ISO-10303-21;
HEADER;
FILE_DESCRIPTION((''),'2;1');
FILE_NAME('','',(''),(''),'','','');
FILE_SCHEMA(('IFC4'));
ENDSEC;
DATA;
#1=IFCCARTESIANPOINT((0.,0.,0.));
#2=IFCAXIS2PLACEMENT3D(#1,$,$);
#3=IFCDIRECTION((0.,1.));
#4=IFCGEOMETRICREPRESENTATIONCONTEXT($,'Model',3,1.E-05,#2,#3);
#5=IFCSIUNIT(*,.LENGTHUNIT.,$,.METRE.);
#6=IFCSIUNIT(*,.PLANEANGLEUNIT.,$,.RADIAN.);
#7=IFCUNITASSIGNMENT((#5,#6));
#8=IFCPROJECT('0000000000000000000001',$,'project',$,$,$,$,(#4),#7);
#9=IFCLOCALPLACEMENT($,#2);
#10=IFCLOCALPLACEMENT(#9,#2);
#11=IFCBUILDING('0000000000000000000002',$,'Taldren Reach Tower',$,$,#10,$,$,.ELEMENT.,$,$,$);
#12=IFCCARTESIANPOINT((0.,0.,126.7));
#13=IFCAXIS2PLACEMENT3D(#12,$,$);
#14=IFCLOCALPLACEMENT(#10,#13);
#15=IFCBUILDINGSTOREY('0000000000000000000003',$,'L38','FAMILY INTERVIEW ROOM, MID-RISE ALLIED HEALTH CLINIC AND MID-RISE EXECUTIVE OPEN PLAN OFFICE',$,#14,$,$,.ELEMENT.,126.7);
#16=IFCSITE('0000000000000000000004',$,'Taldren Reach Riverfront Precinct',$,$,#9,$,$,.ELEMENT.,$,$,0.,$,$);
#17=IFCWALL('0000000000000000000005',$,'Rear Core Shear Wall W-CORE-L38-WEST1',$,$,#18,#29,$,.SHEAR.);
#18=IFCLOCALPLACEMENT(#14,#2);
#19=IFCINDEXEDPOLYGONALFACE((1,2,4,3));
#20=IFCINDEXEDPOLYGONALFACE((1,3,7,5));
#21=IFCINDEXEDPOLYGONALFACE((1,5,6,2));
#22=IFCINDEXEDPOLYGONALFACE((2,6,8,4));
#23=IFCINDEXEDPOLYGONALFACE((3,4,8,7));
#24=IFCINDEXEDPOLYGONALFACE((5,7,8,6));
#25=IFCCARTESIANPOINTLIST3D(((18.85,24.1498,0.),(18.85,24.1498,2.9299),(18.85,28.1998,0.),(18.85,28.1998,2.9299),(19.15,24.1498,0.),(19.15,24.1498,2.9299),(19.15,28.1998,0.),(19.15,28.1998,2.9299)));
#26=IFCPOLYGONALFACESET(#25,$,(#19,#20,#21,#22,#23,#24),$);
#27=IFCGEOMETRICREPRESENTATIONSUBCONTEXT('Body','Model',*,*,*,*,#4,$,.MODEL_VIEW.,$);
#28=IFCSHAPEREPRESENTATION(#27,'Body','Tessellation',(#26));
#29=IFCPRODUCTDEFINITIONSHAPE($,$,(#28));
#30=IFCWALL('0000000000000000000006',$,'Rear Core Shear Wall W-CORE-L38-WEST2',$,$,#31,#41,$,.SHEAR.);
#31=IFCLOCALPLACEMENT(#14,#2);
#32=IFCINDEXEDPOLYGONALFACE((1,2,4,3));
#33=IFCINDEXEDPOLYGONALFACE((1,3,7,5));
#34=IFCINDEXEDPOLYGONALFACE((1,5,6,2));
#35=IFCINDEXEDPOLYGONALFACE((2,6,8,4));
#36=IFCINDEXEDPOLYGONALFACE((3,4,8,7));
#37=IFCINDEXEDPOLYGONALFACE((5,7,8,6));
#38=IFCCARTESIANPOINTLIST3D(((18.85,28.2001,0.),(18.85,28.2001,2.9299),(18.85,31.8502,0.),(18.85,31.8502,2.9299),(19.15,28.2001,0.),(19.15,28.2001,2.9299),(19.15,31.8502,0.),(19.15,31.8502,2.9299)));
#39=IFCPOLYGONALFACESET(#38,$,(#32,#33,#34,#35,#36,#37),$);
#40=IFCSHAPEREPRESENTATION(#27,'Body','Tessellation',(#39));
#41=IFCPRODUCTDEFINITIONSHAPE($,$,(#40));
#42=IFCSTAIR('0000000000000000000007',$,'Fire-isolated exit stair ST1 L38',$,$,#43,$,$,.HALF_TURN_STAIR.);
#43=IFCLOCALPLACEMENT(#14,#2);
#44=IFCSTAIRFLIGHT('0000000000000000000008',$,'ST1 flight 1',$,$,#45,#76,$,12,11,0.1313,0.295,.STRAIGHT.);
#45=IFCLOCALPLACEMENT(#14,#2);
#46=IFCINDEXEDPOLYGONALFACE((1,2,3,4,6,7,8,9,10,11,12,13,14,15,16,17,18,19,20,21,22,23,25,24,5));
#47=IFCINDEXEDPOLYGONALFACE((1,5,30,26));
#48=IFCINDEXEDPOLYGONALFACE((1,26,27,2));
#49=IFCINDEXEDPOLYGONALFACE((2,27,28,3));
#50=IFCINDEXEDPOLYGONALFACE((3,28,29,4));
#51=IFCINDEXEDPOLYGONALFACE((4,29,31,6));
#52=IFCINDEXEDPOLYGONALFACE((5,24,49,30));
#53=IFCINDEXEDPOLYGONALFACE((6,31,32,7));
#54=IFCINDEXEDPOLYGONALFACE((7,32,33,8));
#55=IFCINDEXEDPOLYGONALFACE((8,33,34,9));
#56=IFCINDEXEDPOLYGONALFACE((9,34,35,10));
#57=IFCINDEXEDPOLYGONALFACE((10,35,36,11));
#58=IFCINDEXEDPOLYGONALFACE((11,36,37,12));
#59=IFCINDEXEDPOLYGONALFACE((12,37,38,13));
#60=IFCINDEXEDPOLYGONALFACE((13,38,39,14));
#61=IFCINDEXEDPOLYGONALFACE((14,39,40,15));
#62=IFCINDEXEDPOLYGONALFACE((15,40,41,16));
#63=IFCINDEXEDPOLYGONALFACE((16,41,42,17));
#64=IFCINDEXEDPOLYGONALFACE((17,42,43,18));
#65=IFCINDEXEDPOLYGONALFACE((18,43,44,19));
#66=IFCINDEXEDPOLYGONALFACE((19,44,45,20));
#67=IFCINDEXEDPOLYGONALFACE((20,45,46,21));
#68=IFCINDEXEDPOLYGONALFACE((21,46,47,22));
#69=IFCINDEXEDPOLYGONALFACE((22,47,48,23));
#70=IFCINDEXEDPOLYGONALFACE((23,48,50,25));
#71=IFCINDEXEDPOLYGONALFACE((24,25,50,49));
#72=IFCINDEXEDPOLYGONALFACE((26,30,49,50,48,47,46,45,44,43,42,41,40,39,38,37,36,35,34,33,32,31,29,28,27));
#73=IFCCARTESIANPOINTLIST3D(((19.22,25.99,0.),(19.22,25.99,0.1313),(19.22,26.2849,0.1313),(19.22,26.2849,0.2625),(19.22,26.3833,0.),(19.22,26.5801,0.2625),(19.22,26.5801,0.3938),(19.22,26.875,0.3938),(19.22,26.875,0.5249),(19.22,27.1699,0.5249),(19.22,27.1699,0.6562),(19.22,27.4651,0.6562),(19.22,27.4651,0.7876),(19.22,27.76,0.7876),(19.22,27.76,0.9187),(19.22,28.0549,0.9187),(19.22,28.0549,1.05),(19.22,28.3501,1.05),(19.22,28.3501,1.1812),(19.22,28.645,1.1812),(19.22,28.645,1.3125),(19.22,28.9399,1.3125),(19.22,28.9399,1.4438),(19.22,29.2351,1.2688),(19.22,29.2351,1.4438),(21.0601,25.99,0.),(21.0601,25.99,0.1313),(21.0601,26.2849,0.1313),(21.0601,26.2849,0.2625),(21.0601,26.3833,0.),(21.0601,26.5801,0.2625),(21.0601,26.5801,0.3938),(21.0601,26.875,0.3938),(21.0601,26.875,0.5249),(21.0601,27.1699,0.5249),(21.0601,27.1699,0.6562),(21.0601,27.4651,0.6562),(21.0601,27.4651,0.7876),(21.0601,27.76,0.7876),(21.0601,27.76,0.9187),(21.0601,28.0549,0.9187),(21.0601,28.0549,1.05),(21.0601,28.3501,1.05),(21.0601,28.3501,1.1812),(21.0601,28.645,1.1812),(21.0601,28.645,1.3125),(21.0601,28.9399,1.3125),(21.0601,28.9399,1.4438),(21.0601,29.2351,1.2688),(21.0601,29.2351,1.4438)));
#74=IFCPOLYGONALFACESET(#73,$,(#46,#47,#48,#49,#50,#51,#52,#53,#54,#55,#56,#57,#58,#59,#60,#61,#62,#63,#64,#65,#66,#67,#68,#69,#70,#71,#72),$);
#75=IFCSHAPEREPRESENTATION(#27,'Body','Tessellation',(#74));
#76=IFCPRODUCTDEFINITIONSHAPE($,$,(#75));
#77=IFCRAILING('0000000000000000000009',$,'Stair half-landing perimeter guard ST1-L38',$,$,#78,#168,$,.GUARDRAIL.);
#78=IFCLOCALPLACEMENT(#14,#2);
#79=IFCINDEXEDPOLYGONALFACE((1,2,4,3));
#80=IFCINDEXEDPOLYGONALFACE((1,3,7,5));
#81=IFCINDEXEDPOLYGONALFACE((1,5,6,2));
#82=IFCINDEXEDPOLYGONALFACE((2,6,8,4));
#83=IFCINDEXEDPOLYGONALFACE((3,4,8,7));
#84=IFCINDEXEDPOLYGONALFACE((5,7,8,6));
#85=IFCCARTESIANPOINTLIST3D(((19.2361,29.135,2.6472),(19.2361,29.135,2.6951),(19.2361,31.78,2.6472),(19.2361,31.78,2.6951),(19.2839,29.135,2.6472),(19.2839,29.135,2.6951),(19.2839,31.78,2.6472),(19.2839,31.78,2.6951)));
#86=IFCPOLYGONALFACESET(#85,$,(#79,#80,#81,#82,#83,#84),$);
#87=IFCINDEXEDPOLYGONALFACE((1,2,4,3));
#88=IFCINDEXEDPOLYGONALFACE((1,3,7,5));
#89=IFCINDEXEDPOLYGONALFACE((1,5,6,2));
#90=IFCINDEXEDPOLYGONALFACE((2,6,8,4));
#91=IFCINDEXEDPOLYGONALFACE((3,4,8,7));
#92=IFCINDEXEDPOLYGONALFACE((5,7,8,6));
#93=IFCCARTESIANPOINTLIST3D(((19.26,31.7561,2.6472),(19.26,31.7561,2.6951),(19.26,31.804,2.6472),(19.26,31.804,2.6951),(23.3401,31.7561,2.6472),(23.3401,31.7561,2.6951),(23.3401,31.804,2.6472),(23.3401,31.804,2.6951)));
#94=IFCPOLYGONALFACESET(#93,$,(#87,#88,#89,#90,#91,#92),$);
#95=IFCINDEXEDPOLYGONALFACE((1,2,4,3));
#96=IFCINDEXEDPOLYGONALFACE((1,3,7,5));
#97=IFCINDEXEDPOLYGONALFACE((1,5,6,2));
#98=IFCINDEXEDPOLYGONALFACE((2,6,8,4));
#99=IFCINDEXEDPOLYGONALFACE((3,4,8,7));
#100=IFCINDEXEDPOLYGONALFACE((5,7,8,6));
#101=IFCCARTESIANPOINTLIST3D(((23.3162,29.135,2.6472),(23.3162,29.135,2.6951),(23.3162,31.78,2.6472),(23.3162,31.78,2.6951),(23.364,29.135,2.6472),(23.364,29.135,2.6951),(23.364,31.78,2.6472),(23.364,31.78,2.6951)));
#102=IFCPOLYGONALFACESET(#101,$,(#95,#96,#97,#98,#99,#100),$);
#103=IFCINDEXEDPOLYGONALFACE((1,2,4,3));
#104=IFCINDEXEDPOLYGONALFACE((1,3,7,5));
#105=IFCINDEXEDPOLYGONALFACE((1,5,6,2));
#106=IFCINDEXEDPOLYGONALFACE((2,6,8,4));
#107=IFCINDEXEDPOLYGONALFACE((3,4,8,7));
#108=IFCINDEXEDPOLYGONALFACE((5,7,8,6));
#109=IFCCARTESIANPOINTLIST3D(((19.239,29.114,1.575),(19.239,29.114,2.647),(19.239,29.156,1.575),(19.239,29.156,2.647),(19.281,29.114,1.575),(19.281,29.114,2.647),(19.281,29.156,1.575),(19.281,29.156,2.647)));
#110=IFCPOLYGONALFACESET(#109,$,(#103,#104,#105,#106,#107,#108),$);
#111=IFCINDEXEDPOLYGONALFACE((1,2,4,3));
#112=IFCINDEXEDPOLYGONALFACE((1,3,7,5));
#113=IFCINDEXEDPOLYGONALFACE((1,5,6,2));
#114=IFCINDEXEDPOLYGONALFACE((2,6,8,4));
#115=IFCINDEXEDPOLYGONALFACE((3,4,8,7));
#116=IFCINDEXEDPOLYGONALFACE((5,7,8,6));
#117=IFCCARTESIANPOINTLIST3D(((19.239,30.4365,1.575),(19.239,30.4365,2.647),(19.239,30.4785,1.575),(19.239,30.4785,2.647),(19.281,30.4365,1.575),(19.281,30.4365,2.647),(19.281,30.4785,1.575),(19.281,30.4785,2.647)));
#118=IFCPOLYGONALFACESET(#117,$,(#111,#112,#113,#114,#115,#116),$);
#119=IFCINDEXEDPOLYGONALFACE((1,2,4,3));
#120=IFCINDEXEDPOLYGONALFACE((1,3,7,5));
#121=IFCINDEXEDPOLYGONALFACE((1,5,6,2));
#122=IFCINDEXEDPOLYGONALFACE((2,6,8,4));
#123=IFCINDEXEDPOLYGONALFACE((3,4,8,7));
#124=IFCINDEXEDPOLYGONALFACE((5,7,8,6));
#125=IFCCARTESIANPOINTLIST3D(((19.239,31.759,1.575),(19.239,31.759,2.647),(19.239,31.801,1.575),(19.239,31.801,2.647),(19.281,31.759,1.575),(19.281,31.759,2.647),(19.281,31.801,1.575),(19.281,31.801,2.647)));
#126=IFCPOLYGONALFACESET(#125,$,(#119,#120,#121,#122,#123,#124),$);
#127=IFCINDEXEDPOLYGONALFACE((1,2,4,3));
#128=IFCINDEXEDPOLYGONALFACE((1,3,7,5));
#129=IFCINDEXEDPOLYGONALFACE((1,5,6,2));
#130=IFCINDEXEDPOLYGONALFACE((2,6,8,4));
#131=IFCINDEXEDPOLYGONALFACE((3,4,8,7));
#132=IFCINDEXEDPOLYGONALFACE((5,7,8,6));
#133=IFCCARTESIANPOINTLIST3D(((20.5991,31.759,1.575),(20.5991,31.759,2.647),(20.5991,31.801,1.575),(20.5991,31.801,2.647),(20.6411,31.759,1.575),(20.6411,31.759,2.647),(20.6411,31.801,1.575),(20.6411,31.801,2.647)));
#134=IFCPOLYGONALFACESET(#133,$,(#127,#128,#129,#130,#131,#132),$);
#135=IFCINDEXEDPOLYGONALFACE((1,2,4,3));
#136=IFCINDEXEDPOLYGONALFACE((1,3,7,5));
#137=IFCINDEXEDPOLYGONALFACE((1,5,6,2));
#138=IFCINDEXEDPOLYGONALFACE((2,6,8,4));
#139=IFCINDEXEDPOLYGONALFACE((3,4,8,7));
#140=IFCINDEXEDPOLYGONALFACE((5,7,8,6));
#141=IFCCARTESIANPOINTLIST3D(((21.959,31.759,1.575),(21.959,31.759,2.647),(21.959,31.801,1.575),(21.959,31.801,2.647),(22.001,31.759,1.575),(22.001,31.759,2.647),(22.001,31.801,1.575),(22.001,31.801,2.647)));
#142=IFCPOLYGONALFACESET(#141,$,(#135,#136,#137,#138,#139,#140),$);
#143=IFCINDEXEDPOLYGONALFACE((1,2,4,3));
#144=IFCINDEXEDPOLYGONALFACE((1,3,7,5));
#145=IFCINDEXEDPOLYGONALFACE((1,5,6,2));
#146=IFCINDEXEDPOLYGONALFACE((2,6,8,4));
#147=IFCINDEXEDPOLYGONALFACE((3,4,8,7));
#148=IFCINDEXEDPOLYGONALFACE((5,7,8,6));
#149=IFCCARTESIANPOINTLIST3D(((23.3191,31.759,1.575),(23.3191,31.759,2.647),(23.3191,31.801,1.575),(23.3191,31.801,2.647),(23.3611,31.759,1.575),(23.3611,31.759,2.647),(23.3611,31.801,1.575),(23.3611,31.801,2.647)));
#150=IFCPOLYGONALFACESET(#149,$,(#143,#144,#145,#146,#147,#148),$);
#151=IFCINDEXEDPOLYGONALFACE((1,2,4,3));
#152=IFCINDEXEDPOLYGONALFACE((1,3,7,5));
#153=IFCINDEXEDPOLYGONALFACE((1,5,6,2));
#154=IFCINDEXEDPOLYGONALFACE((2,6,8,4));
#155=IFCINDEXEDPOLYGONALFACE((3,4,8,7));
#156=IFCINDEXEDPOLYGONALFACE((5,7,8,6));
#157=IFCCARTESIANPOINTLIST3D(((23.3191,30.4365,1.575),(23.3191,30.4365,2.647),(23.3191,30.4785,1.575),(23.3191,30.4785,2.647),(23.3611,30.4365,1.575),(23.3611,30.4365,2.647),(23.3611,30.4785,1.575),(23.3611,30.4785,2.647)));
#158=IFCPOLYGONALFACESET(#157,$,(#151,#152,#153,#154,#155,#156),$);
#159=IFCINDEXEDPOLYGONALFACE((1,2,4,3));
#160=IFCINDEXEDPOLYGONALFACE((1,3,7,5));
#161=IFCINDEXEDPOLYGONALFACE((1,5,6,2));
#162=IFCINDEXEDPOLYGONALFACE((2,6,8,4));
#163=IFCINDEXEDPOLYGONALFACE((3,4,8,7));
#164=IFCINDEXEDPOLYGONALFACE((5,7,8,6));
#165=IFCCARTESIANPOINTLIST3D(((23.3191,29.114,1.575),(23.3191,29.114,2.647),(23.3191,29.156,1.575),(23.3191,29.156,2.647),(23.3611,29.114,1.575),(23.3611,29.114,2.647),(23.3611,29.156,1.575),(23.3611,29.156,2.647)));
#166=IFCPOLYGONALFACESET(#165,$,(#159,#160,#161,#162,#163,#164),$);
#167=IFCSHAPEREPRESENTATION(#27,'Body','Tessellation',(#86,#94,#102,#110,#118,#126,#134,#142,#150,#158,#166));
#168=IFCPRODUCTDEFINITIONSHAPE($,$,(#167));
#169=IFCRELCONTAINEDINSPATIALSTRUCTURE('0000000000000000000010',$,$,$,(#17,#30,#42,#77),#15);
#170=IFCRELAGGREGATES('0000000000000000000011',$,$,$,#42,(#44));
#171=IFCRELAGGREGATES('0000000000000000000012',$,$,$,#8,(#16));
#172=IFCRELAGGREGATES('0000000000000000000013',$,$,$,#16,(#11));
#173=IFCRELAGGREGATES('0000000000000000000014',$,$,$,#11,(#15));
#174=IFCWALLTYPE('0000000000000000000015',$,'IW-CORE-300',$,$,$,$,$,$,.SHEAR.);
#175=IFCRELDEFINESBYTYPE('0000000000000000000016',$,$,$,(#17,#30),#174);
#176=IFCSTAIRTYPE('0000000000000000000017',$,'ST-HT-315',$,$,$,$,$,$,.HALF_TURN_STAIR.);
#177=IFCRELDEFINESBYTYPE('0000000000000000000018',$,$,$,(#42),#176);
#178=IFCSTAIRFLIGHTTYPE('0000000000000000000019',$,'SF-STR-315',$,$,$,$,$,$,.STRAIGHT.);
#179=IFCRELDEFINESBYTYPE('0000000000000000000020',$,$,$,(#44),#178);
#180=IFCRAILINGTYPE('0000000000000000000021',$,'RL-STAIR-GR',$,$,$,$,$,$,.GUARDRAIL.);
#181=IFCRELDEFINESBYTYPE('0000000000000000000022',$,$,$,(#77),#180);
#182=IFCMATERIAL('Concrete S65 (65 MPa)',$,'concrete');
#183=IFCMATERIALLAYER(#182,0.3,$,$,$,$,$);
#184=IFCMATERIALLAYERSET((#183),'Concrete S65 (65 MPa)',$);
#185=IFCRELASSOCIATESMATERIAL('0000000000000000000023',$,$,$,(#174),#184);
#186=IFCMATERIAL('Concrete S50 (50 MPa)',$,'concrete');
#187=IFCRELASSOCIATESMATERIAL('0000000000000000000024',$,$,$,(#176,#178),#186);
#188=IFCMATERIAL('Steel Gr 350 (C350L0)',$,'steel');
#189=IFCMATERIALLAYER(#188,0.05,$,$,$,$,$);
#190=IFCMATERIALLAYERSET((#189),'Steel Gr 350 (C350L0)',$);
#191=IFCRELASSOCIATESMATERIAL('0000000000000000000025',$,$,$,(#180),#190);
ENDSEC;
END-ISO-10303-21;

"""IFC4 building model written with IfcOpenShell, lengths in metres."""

from ifc_helpers import new_model, si_unit, direction, frame, frame_2d, origin, origin_2d, place, context, subcontext, project, spatial, polyline, rectangle, outline, extrude, source, transform, mapped, material, layer, layer_set, type_object, element, aggregate, save


model = new_model("IFC4")

# Units and contexts
model_context = context("Model", 3, precision=1e-05, world=origin(), true_north=direction((0.0, 1.0)))
body_context = subcontext(model_context, "Body", "Model", "MODEL_VIEW")
ifc_project = project(units=[si_unit("LENGTHUNIT", "METRE"), si_unit("PLANEANGLEUNIT", "RADIAN")], contexts=[model_context])

# Site, building, storey
site_placement = place(None, origin())
site = spatial("IfcSite", under=ifc_project, at=site_placement, Name="Taldren Reach Riverfront Precinct", CompositionType="ELEMENT", RefElevation=0.0)
building_placement = place(site_placement, origin())
building = spatial("IfcBuilding", under=site, at=building_placement, Name="Taldren Reach Tower", CompositionType="ELEMENT")
storey_placement = place(building_placement, frame((0.0, 0.0, 126.7)))
storey = spatial("IfcBuildingStorey", under=building, at=storey_placement, Name="L38", Description="FAMILY INTERVIEW ROOM, MID-RISE ALLIED HEALTH CLINIC AND MID-RISE EXECUTIVE OPEN PLAN OFFICE", CompositionType="ELEMENT", Elevation=126.7)

# Shared definitions
ifc_material_1 = material(Name="Steel Gr 350 (C350L0)", Category="steel")

# Walls
ifc_material_2 = material(Name="Concrete S65 (65 MPa)", Category="concrete")
ifc_layer_1 = layer(ifc_material_2, 0.3)
ifc_layer_set_1 = layer_set([ifc_layer_1], Name="Concrete S65 (65 MPa)")
wall_type = type_object("IfcWallType", Name="IW-CORE-300", PredefinedType="SHEAR", material=ifc_layer_set_1)
shared_shape_1 = source(origin(), body_context, "Body", "SweptSolid", [
    extrude(rectangle(XDim=4.05, YDim=0.3, at=frame_2d((2.0249, 0.0))), origin(), (0.0, 0.0, 1.0), 2.9299),
])
wall_1_placement = place(storey_placement, frame((19.0, 24.1499, 0.0), z_axis=(0.0, 0.0, 1.0), x_axis=(0.0, 1.0, 0.0)))
element("IfcWall", 1, at=wall_1_placement, inside=storey, type_object=wall_type, Name="Rear Core Shear Wall W-CORE-L38-WEST1", PredefinedType="SHEAR", context=body_context, shape_type="MappedRepresentation", body=[
    mapped(shared_shape_1, transform((0.0, 0.0, 0.0), scale=1.0)),
])
shared_shape_2 = source(origin(), body_context, "Body", "SweptSolid", [
    extrude(rectangle(XDim=3.6501, YDim=0.3, at=frame_2d((1.8252, 0.0))), origin(), (0.0, 0.0, 1.0), 2.9299),
])
wall_2_placement = place(storey_placement, frame((19.0, 28.2, 0.0), z_axis=(0.0, 0.0, 1.0), x_axis=(0.0, 1.0, 0.0)))
element("IfcWall", 2, at=wall_2_placement, inside=storey, type_object=wall_type, Name="Rear Core Shear Wall W-CORE-L38-WEST2", PredefinedType="SHEAR", context=body_context, shape_type="MappedRepresentation", body=[
    mapped(shared_shape_2, transform((0.0, 0.0, 0.0), scale=1.0)),
])

# Stair, stair flight
ifc_material_3 = material(Name="Concrete S50 (50 MPa)", Category="concrete")
stair_type = type_object("IfcStairType", Name="ST-HT-315", PredefinedType="HALF_TURN_STAIR", material=ifc_material_3)
stair_placement = place(storey_placement, origin())
stair = element("IfcStair", 3, at=stair_placement, inside=storey, type_object=stair_type, Name="Fire-isolated exit stair ST1 L38", PredefinedType="HALF_TURN_STAIR")
stair_flight_type = type_object("IfcStairFlightType", Name="SF-STR-315", PredefinedType="STRAIGHT", material=ifc_material_3)
stair_flight_placement = place(storey_placement, frame((20.1399, 25.99, 0.0), z_axis=(0.0, 0.0, 1.0), x_axis=(0.0, 1.0, 0.0)))
stair_flight = element("IfcStairFlight", 4, at=stair_flight_placement, type_object=stair_flight_type, Name="ST1 flight 1", NumberOfRisers=12, NumberOfTreads=11, PredefinedType="STRAIGHT", RiserHeight=0.1313, TreadLength=0.295, context=body_context, shape_type="SweptSolid", body=[
    extrude(outline(polyline([(0.0, 0.0), (0.0, 0.1313), (0.2949, 0.1313), (0.2949, 0.2625), (0.5901, 0.2625), (0.5901, 0.3938), (0.885, 0.3938), (0.885, 0.5249), (1.1799, 0.5249), (1.1799, 0.6562), (1.4751, 0.6562), (1.4751, 0.7876), (1.77, 0.7876), (1.77, 0.9187), (2.0649, 0.9187), (2.0649, 1.05), (2.3601, 1.05), (2.3601, 1.1812), (2.655, 1.1812), (2.655, 1.3125), (2.95, 1.3125), (2.95, 1.4438), (3.2451, 1.4438), (3.2451, 1.575), (3.2451, 1.2688), (0.3933, 0.0), (0.0, 0.0)])), frame((0.0, 0.9199, 0.0), z_axis=(0.0, -1.0, 0.0), x_axis=(1.0, 0.0, 0.0)), (0.0, 0.0, 1.0), 1.8401),
])
aggregate(stair, [stair_flight])

# Railing
ifc_layer_2 = layer(ifc_material_1, 0.05)
ifc_layer_set_2 = layer_set([ifc_layer_2], Name="Steel Gr 350 (C350L0)")
railing_type_1 = type_object("IfcRailingType", Name="RL-STAIR-GR", PredefinedType="GUARDRAIL", material=ifc_layer_set_2)
railing_1_placement = place(storey_placement, frame((19.26, 29.135, 1.575)))
element("IfcRailing", 5, at=railing_1_placement, inside=storey, type_object=railing_type_1, Name="Stair half-landing perimeter guard ST1-L38", PredefinedType="GUARDRAIL", context=body_context, shape_type="SweptSolid", body=[
    extrude(rectangle(XDim=0.0479, YDim=0.0479, at=origin_2d()), frame((0.0, 0.0, 1.0962), z_axis=(0.0, 1.0, 0.0), x_axis=(-1.0, 0.0, 0.0)), (0.0, 0.0, 1.0), 2.645),
    extrude(rectangle(XDim=0.0479, YDim=0.0479, at=origin_2d()), frame((0.0, 2.645, 1.0962), z_axis=(1.0, 0.0, 0.0), x_axis=(0.0, 1.0, 0.0)), (0.0, 0.0, 1.0), 4.0801),
    extrude(rectangle(XDim=0.0479, YDim=0.0479, at=origin_2d()), frame((4.0801, 2.645, 1.0962), z_axis=(0.0, -1.0, 0.0), x_axis=(1.0, 0.0, 0.0)), (0.0, 0.0, 1.0), 2.645),
    extrude(rectangle(XDim=0.042, YDim=0.042, at=origin_2d()), origin(), (0.0, 0.0, 1.0), 1.072),
    extrude(rectangle(XDim=0.042, YDim=0.042, at=origin_2d()), frame((0.0, 1.3225, 0.0)), (0.0, 0.0, 1.0), 1.072),
    extrude(rectangle(XDim=0.042, YDim=0.042, at=origin_2d()), frame((0.0, 2.645, 0.0)), (0.0, 0.0, 1.0), 1.072),
    extrude(rectangle(XDim=0.042, YDim=0.042, at=origin_2d()), frame((1.3601, 2.645, 0.0)), (0.0, 0.0, 1.0), 1.072),
    extrude(rectangle(XDim=0.042, YDim=0.042, at=origin_2d()), frame((2.72, 2.645, 0.0)), (0.0, 0.0, 1.0), 1.072),
    extrude(rectangle(XDim=0.042, YDim=0.042, at=origin_2d()), frame((4.0801, 2.645, 0.0)), (0.0, 0.0, 1.0), 1.072),
    extrude(rectangle(XDim=0.042, YDim=0.042, at=origin_2d()), frame((4.0801, 1.3225, 0.0)), (0.0, 0.0, 1.0), 1.072),
    extrude(rectangle(XDim=0.042, YDim=0.042, at=origin_2d()), frame((4.0801, 0.0, 0.0)), (0.0, 0.0, 1.0), 1.072),
])

save(model, "model.ifc")
